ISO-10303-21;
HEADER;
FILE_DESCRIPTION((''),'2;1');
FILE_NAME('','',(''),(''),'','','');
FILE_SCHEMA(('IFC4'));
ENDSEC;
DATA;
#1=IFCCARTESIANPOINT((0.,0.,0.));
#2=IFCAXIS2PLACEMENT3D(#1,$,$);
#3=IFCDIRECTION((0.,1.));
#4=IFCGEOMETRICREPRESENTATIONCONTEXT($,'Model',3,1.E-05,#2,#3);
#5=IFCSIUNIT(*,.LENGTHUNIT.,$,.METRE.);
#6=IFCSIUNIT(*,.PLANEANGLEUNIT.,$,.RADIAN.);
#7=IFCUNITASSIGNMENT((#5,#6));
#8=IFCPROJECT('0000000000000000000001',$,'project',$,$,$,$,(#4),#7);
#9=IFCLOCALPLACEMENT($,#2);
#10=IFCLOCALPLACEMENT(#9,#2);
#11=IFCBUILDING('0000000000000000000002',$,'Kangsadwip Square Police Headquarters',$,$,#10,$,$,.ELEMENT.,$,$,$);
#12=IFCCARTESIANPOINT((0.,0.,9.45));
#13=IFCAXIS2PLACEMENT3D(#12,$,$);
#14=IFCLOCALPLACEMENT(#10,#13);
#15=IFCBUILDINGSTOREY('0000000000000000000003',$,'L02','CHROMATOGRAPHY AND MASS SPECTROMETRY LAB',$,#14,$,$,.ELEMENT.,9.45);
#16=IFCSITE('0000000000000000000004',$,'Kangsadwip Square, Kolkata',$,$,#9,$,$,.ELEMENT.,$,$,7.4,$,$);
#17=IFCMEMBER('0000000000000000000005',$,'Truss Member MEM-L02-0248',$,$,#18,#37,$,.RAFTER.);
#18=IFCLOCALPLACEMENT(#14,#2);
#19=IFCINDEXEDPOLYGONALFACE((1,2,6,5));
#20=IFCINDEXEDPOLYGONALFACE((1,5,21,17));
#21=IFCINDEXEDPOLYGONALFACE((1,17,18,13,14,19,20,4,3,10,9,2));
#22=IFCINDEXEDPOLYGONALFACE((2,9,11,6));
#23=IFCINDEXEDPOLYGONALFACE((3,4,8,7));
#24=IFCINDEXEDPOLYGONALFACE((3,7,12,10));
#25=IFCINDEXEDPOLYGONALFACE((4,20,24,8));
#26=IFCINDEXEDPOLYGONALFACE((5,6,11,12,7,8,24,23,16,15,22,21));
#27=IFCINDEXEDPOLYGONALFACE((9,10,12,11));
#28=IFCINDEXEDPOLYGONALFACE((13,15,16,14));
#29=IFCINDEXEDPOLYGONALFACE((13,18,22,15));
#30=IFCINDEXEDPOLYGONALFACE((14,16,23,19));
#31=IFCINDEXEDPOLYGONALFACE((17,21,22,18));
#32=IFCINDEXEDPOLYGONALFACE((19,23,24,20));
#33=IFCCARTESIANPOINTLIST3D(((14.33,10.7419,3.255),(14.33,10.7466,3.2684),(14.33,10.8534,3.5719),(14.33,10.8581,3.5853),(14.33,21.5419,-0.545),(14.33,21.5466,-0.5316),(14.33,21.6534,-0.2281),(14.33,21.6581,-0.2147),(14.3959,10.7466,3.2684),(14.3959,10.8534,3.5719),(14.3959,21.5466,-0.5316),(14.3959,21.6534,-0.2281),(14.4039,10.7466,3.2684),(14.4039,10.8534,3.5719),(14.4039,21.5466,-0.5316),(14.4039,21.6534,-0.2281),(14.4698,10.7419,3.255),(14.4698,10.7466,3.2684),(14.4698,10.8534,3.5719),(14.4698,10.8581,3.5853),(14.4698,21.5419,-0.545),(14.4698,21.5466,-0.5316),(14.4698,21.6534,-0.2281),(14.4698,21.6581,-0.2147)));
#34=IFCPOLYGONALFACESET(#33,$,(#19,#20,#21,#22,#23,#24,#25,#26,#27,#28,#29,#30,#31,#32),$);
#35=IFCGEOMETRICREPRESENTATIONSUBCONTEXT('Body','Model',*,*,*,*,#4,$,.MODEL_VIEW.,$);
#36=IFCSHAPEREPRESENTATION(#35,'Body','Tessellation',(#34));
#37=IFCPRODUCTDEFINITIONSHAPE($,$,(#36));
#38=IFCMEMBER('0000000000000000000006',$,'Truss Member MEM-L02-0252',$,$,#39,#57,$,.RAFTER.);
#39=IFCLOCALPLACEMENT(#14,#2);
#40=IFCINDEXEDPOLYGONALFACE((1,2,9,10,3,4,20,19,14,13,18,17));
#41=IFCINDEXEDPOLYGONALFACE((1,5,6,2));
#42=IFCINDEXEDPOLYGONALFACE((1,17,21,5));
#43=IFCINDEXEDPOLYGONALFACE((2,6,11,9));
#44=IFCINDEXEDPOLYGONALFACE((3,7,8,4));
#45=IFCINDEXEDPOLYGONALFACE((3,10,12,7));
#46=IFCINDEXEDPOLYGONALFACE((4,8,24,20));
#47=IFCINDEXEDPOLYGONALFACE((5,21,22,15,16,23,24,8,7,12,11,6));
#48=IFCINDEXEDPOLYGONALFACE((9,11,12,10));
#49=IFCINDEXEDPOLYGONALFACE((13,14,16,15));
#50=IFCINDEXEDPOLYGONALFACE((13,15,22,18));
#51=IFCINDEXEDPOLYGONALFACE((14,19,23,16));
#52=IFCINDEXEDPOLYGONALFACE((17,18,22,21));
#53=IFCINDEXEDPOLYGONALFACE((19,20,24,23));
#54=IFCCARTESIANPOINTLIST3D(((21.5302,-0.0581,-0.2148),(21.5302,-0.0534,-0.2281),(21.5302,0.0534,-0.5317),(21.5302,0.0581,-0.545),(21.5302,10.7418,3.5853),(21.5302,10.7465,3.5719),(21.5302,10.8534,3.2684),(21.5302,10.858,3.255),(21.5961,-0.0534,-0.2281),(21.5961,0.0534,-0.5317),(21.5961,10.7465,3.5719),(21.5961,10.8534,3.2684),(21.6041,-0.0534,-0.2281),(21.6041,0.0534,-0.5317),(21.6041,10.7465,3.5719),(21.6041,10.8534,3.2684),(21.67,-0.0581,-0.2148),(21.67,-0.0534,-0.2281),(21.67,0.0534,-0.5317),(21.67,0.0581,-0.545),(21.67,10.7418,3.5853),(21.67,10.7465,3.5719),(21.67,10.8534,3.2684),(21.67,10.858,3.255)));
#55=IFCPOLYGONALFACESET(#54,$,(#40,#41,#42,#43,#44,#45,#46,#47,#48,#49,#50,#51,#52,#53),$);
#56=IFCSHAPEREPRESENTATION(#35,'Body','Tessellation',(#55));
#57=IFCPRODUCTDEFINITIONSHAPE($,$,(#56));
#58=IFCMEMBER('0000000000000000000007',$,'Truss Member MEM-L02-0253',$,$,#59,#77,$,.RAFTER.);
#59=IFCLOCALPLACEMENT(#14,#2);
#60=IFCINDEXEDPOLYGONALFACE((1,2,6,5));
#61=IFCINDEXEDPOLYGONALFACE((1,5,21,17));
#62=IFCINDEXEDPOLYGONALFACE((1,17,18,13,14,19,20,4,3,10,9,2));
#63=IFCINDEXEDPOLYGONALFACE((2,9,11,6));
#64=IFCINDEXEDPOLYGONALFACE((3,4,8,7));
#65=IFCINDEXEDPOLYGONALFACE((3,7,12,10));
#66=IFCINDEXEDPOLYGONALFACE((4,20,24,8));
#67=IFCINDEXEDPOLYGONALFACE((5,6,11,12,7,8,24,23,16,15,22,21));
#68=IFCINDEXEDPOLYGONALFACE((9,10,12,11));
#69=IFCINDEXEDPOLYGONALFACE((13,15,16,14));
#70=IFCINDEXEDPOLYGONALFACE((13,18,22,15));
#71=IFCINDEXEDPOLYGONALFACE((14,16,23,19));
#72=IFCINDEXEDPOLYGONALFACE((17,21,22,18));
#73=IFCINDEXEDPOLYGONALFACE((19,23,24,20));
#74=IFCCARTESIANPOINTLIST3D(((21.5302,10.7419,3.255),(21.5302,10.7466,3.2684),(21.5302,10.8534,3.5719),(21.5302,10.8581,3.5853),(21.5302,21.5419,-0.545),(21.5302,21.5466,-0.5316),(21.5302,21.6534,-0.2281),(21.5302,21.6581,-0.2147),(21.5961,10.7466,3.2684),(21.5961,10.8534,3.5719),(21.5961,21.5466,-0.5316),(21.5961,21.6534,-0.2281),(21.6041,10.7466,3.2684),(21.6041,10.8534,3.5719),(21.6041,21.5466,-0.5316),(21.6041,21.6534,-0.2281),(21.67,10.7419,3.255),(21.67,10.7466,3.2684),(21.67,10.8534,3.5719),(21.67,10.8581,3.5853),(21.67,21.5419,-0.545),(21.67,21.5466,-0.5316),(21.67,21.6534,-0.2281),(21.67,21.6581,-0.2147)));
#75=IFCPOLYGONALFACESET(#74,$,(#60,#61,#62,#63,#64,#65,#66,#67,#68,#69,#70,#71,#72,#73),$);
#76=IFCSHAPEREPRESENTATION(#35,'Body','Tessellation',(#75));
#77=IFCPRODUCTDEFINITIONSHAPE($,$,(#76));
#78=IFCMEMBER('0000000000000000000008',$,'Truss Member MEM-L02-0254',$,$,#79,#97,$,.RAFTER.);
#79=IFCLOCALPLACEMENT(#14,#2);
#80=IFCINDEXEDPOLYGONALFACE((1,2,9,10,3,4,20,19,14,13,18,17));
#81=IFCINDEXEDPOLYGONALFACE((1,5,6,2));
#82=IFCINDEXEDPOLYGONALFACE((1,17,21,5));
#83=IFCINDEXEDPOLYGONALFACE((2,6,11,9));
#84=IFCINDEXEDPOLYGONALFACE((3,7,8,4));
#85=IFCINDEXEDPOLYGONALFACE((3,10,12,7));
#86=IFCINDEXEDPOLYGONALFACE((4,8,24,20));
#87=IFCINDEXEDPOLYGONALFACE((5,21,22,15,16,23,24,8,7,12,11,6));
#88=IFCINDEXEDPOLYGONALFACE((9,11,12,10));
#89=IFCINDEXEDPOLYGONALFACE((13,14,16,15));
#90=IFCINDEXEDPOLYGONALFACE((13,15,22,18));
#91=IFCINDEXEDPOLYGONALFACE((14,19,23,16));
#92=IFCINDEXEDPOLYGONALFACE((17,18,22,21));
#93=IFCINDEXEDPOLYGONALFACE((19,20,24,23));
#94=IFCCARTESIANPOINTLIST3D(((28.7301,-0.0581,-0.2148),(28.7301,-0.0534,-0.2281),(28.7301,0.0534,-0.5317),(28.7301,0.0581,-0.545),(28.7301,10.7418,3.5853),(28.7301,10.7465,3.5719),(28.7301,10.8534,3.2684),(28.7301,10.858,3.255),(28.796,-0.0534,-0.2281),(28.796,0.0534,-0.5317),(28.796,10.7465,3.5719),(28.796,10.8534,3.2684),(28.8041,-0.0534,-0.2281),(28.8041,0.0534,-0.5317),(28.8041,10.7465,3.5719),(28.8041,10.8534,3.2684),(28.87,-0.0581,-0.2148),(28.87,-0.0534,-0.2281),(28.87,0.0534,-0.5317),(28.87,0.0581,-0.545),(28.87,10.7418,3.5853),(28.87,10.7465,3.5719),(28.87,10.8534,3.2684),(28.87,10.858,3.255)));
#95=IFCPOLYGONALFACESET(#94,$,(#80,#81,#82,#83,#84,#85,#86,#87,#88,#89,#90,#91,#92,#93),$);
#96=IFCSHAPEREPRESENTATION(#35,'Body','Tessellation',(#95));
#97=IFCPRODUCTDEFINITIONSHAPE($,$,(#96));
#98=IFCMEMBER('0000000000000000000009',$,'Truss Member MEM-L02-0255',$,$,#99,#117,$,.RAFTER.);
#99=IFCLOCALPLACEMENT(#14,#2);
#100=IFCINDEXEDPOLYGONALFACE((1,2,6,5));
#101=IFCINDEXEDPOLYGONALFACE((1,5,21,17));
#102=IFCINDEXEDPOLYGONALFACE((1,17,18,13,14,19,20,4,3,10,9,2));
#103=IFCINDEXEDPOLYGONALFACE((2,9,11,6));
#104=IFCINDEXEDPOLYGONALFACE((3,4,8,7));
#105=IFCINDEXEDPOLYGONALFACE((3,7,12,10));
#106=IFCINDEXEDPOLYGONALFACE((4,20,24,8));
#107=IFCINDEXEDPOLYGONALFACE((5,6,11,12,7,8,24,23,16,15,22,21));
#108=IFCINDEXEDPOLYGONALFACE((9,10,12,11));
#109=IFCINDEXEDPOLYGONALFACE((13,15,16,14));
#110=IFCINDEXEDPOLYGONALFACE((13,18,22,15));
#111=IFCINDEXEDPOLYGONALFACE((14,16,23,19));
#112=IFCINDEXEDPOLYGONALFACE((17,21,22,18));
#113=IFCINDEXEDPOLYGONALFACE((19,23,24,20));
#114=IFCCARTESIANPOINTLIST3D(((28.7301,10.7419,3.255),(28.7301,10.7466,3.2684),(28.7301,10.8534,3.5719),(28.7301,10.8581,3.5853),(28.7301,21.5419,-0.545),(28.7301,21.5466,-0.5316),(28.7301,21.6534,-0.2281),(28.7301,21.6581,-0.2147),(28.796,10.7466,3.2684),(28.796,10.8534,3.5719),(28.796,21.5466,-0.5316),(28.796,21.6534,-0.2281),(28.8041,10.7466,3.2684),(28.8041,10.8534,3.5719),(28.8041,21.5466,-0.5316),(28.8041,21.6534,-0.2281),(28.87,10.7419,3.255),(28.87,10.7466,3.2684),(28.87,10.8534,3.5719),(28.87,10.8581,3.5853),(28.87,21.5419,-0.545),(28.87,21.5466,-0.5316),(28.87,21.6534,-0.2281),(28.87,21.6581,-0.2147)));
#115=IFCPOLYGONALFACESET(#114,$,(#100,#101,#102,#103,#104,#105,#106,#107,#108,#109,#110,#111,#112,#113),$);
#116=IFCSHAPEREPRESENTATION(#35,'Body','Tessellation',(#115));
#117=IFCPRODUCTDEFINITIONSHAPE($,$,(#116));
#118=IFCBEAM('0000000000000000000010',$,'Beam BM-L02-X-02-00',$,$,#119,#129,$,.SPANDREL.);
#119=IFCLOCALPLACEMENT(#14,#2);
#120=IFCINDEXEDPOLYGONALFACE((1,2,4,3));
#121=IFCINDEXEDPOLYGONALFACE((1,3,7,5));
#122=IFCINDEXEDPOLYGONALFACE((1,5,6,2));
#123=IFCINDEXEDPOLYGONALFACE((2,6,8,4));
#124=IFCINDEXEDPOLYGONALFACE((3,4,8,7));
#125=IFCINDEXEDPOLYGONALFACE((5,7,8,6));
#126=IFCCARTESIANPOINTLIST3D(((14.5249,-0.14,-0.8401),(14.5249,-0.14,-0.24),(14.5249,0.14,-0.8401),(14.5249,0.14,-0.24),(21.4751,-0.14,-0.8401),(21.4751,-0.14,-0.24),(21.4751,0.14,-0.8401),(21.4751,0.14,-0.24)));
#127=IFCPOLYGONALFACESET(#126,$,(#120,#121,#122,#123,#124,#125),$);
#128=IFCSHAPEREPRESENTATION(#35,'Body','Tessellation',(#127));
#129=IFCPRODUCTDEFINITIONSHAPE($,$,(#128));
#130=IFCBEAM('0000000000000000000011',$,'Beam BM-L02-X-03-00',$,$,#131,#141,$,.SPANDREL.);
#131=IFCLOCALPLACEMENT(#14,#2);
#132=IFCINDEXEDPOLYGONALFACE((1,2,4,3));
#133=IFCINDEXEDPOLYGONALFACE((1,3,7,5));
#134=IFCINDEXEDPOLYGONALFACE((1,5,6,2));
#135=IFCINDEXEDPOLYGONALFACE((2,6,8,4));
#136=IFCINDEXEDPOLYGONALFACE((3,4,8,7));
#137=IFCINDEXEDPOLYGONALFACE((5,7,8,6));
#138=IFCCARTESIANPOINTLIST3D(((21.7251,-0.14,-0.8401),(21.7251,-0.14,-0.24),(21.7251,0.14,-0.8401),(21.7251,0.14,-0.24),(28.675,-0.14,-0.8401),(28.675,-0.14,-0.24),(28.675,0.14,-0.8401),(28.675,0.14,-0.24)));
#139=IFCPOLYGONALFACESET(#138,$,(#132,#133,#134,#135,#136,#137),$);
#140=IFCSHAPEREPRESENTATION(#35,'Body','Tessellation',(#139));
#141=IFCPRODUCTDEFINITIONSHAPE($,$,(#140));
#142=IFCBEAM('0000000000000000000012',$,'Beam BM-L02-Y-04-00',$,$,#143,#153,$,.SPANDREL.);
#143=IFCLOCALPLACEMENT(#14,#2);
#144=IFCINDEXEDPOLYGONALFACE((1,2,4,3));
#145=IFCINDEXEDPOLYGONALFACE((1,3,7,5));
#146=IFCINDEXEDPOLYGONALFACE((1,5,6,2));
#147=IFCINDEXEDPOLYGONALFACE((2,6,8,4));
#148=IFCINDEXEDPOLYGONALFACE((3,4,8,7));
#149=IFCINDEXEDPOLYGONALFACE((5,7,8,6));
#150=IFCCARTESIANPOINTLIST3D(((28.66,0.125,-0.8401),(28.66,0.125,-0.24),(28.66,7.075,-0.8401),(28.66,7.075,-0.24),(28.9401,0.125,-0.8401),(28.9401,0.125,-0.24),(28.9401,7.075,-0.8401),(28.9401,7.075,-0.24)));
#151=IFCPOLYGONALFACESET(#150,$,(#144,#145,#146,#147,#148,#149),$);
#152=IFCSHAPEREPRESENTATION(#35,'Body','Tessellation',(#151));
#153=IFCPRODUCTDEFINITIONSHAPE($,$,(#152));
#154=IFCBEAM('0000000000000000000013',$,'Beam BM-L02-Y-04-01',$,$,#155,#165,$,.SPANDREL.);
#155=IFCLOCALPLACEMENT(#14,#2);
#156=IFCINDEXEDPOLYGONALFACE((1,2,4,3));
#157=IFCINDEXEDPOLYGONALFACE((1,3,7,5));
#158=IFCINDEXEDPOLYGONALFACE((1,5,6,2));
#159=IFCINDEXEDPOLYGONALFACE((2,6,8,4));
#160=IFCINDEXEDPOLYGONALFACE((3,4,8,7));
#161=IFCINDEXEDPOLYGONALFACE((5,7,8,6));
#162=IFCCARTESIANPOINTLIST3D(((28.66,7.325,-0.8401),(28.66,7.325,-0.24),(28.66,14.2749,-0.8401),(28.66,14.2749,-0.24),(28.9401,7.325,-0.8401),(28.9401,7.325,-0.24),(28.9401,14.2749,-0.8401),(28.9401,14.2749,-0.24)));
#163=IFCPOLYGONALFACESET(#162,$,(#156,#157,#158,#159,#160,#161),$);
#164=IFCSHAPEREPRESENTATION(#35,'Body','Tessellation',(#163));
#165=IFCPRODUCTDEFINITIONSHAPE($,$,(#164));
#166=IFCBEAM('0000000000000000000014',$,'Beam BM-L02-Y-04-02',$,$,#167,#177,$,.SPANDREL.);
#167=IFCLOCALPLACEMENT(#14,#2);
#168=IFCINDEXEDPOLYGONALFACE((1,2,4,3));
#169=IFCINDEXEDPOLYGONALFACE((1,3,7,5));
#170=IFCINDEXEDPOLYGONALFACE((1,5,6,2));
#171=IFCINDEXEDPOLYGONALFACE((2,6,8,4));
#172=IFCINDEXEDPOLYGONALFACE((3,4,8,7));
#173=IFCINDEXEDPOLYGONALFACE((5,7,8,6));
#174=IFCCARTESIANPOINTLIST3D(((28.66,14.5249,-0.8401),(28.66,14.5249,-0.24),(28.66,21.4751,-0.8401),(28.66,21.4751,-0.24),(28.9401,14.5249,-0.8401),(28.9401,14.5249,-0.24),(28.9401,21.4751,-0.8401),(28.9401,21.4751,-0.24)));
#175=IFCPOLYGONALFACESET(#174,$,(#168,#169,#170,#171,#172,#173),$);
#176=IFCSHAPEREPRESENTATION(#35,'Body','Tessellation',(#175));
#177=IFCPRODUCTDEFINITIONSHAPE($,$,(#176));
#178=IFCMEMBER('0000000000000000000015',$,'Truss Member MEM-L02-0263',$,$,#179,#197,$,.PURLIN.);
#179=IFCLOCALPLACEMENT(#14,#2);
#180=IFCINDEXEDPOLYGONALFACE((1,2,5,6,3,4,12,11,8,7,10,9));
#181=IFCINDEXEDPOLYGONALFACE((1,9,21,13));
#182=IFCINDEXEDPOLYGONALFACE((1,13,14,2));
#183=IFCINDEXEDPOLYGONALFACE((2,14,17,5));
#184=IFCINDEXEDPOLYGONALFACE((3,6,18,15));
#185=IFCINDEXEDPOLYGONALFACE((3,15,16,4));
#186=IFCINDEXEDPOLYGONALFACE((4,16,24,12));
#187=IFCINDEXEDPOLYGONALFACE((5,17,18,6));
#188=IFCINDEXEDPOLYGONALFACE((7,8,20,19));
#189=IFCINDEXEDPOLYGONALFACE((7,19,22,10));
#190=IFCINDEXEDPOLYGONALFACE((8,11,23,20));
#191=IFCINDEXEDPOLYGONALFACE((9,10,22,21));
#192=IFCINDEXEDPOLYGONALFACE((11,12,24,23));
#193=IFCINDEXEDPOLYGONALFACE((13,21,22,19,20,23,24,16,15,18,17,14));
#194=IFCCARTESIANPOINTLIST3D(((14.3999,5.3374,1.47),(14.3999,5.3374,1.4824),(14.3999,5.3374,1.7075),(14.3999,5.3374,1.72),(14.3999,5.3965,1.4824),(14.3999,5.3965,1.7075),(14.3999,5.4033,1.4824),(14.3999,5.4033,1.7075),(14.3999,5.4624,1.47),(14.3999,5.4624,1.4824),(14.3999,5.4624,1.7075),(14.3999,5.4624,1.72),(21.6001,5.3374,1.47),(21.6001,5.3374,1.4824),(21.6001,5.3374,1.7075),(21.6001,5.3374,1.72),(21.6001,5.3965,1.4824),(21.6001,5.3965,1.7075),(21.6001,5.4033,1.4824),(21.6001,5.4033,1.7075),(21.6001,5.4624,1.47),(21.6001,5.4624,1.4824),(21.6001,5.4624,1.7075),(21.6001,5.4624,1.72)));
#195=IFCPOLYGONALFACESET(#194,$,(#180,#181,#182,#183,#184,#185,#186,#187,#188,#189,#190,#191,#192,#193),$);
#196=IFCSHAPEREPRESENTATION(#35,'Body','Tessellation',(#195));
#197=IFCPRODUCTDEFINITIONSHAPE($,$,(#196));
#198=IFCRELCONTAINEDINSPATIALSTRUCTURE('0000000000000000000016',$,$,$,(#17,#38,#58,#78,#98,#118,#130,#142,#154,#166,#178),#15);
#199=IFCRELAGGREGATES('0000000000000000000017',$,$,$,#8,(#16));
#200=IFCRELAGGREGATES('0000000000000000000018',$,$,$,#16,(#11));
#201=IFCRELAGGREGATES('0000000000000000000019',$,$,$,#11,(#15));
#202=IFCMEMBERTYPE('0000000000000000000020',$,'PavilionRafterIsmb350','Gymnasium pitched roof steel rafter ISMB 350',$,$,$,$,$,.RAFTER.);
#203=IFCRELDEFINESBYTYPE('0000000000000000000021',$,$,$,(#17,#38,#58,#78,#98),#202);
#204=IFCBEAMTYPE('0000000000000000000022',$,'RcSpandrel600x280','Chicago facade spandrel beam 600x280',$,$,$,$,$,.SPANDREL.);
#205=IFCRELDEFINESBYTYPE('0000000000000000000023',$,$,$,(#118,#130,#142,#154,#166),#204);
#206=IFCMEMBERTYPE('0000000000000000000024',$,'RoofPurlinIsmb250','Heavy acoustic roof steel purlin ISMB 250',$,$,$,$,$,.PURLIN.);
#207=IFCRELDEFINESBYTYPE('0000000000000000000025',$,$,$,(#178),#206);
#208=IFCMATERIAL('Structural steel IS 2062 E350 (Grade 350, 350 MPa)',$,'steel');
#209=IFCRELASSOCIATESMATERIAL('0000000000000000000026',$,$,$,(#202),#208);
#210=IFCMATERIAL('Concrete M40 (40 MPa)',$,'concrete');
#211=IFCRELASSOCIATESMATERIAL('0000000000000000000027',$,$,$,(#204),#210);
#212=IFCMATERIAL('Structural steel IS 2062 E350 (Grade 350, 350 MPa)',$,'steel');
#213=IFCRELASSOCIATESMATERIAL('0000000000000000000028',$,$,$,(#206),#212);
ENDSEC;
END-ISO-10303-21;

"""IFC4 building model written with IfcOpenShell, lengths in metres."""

from ifc_helpers import new_model, si_unit, direction, frame, origin, origin_2d, place, context, subcontext, project, spatial, rectangle, i_section, extrude, material, material_profile, profile_set, type_object, element, save


model = new_model("IFC4")

# Units and contexts
model_context = context("Model", 3, precision=1e-05, world=origin(), true_north=direction((0.0, 1.0)))
body_context = subcontext(model_context, "Body", "Model", "MODEL_VIEW")
ifc_project = project(units=[si_unit("LENGTHUNIT", "METRE"), si_unit("PLANEANGLEUNIT", "RADIAN")], contexts=[model_context])

# Site, building, storey
site_placement = place(None, origin())
site = spatial("IfcSite", under=ifc_project, at=site_placement, Name="Kangsadwip Square, Kolkata", CompositionType="ELEMENT", RefElevation=7.4)
building_placement = place(site_placement, origin())
building = spatial("IfcBuilding", under=site, at=building_placement, Name="Kangsadwip Square Police Headquarters", CompositionType="ELEMENT")
storey_placement = place(building_placement, frame((0.0, 0.0, 9.45)))
storey = spatial("IfcBuildingStorey", under=building, at=storey_placement, Name="L02", Description="CHROMATOGRAPHY AND MASS SPECTROMETRY LAB", CompositionType="ELEMENT", Elevation=9.45)

# Members
ifc_material_1 = material(Name="Structural steel IS 2062 E350 (Grade 350, 350 MPa)", Category="steel")
ifc_material_profile_1 = material_profile(ifc_material_1, i_section(OverallWidth=0.1399, OverallDepth=0.3501, WebThickness=0.0081, FlangeThickness=0.0142, at=origin_2d()), Name="ISMB 350")
ifc_profile_set_1 = profile_set([ifc_material_profile_1], Name="Structural steel IS 2062 E350 (Grade 350, 350 MPa)")
member_type_1 = type_object("IfcMemberType", Name="PavilionRafterIsmb350", Description="Gymnasium pitched roof steel rafter ISMB 350", PredefinedType="RAFTER", material=ifc_profile_set_1)
for number, where, z_axis, x_axis, name in (
    (1, (14.3999, 10.8, 3.4202), (0.0, 0.943312, -0.331909), (-1.0, 0.0, 0.0), "Truss Member MEM-L02-0248"),
    (2, (21.6001, 0.0, -0.3799), (0.0, 0.943312, 0.331909), (-1.0, 0.0, 0.0), "Truss Member MEM-L02-0252"),
    (3, (21.6001, 10.8, 3.4202), (0.0, 0.943312, -0.331909), (-1.0, 0.0, 0.0), "Truss Member MEM-L02-0253"),
    (4, (28.8, 0.0, -0.3799), (0.0, 0.943312, 0.331909), (-1.0, 0.0, 0.0), "Truss Member MEM-L02-0254"),
    (5, (28.8, 10.8, 3.4202), (0.0, 0.943312, -0.331909), (-1.0, 0.0, 0.0), "Truss Member MEM-L02-0255"),
):
    element("IfcMember", number, at=place(storey_placement, frame(where, z_axis=z_axis, x_axis=x_axis)), inside=storey, type_object=member_type_1, Name=name, PredefinedType="RAFTER", context=body_context, shape_type="SweptSolid", body=[
        extrude(i_section(OverallWidth=0.1399, OverallDepth=0.3501, WebThickness=0.0081, FlangeThickness=0.0142, at=origin_2d()), origin(), (0.0, 0.0, 1.0), 11.449),
    ])

# Beams
ifc_material_2 = material(Name="Concrete M40 (40 MPa)", Category="concrete")
ifc_material_profile_2 = material_profile(ifc_material_2, rectangle(XDim=0.28, YDim=0.6001, at=origin_2d()), Name="RC SPN 600X280")
ifc_profile_set_2 = profile_set([ifc_material_profile_2], Name="Concrete M40 (40 MPa)")
beam_type = type_object("IfcBeamType", Name="RcSpandrel600x280", Description="Chicago facade spandrel beam 600x280", PredefinedType="SPANDREL", material=ifc_profile_set_2)
beam_1_placement = place(storey_placement, frame((14.5249, 0.0, -0.54), z_axis=(1.0, 0.0, 0.0), x_axis=(0.0, 1.0, 0.0)))
element("IfcBeam", 6, at=beam_1_placement, inside=storey, type_object=beam_type, Name="Beam BM-L02-X-02-00", PredefinedType="SPANDREL", context=body_context, shape_type="SweptSolid", body=[
    extrude(rectangle(XDim=0.28, YDim=0.6001, at=origin_2d()), origin(), (0.0, 0.0, 1.0), 6.9502),
])
for number, where, z_axis, x_axis, name in (
    (7, (21.7251, 0.0, -0.54), (1.0, 0.0, 0.0), (0.0, 1.0, 0.0), "Beam BM-L02-X-03-00"),
    (8, (28.8, 0.125, -0.54), (0.0, 1.0, 0.0), (-1.0, 0.0, 0.0), "Beam BM-L02-Y-04-00"),
    (9, (28.8, 7.325, -0.54), (0.0, 1.0, 0.0), (-1.0, 0.0, 0.0), "Beam BM-L02-Y-04-01"),
):
    element("IfcBeam", number, at=place(storey_placement, frame(where, z_axis=z_axis, x_axis=x_axis)), inside=storey, type_object=beam_type, Name=name, PredefinedType="SPANDREL", context=body_context, shape_type="SweptSolid", body=[
        extrude(rectangle(XDim=0.28, YDim=0.6001, at=origin_2d()), origin(), (0.0, 0.0, 1.0), 6.95),
    ])
beam_2_placement = place(storey_placement, frame((28.8, 14.5249, -0.54), z_axis=(0.0, 1.0, 0.0), x_axis=(-1.0, 0.0, 0.0)))
element("IfcBeam", 10, at=beam_2_placement, inside=storey, type_object=beam_type, Name="Beam BM-L02-Y-04-02", PredefinedType="SPANDREL", context=body_context, shape_type="SweptSolid", body=[
    extrude(rectangle(XDim=0.28, YDim=0.6001, at=origin_2d()), origin(), (0.0, 0.0, 1.0), 6.9502),
])

# Member
ifc_material_3 = material(Name="Structural steel IS 2062 E350 (Grade 350, 350 MPa)", Category="steel")
ifc_material_profile_3 = material_profile(ifc_material_3, i_section(OverallWidth=0.125, OverallDepth=0.25, WebThickness=0.0068, FlangeThickness=0.0125, at=origin_2d()), Name="ISMB 250")
ifc_profile_set_3 = profile_set([ifc_material_profile_3], Name="Structural steel IS 2062 E350 (Grade 350, 350 MPa)")
member_type_2 = type_object("IfcMemberType", Name="RoofPurlinIsmb250", Description="Heavy acoustic roof steel purlin ISMB 250", PredefinedType="PURLIN", material=ifc_profile_set_3)
for number, where, z_axis, x_axis, name in (
    (11, (14.3999, 5.3999, 1.595), (1.0, 0.0, 0.0), (0.0, 1.0, 0.0), "Truss Member MEM-L02-0263"),
):
    element("IfcMember", number, at=place(storey_placement, frame(where, z_axis=z_axis, x_axis=x_axis)), inside=storey, type_object=member_type_2, Name=name, PredefinedType="PURLIN", context=body_context, shape_type="SweptSolid", body=[
        extrude(i_section(OverallWidth=0.125, OverallDepth=0.25, WebThickness=0.0068, FlangeThickness=0.0125, at=origin_2d()), origin(), (0.0, 0.0, 1.0), 7.2002),
    ])

save(model, "model.ifc")
